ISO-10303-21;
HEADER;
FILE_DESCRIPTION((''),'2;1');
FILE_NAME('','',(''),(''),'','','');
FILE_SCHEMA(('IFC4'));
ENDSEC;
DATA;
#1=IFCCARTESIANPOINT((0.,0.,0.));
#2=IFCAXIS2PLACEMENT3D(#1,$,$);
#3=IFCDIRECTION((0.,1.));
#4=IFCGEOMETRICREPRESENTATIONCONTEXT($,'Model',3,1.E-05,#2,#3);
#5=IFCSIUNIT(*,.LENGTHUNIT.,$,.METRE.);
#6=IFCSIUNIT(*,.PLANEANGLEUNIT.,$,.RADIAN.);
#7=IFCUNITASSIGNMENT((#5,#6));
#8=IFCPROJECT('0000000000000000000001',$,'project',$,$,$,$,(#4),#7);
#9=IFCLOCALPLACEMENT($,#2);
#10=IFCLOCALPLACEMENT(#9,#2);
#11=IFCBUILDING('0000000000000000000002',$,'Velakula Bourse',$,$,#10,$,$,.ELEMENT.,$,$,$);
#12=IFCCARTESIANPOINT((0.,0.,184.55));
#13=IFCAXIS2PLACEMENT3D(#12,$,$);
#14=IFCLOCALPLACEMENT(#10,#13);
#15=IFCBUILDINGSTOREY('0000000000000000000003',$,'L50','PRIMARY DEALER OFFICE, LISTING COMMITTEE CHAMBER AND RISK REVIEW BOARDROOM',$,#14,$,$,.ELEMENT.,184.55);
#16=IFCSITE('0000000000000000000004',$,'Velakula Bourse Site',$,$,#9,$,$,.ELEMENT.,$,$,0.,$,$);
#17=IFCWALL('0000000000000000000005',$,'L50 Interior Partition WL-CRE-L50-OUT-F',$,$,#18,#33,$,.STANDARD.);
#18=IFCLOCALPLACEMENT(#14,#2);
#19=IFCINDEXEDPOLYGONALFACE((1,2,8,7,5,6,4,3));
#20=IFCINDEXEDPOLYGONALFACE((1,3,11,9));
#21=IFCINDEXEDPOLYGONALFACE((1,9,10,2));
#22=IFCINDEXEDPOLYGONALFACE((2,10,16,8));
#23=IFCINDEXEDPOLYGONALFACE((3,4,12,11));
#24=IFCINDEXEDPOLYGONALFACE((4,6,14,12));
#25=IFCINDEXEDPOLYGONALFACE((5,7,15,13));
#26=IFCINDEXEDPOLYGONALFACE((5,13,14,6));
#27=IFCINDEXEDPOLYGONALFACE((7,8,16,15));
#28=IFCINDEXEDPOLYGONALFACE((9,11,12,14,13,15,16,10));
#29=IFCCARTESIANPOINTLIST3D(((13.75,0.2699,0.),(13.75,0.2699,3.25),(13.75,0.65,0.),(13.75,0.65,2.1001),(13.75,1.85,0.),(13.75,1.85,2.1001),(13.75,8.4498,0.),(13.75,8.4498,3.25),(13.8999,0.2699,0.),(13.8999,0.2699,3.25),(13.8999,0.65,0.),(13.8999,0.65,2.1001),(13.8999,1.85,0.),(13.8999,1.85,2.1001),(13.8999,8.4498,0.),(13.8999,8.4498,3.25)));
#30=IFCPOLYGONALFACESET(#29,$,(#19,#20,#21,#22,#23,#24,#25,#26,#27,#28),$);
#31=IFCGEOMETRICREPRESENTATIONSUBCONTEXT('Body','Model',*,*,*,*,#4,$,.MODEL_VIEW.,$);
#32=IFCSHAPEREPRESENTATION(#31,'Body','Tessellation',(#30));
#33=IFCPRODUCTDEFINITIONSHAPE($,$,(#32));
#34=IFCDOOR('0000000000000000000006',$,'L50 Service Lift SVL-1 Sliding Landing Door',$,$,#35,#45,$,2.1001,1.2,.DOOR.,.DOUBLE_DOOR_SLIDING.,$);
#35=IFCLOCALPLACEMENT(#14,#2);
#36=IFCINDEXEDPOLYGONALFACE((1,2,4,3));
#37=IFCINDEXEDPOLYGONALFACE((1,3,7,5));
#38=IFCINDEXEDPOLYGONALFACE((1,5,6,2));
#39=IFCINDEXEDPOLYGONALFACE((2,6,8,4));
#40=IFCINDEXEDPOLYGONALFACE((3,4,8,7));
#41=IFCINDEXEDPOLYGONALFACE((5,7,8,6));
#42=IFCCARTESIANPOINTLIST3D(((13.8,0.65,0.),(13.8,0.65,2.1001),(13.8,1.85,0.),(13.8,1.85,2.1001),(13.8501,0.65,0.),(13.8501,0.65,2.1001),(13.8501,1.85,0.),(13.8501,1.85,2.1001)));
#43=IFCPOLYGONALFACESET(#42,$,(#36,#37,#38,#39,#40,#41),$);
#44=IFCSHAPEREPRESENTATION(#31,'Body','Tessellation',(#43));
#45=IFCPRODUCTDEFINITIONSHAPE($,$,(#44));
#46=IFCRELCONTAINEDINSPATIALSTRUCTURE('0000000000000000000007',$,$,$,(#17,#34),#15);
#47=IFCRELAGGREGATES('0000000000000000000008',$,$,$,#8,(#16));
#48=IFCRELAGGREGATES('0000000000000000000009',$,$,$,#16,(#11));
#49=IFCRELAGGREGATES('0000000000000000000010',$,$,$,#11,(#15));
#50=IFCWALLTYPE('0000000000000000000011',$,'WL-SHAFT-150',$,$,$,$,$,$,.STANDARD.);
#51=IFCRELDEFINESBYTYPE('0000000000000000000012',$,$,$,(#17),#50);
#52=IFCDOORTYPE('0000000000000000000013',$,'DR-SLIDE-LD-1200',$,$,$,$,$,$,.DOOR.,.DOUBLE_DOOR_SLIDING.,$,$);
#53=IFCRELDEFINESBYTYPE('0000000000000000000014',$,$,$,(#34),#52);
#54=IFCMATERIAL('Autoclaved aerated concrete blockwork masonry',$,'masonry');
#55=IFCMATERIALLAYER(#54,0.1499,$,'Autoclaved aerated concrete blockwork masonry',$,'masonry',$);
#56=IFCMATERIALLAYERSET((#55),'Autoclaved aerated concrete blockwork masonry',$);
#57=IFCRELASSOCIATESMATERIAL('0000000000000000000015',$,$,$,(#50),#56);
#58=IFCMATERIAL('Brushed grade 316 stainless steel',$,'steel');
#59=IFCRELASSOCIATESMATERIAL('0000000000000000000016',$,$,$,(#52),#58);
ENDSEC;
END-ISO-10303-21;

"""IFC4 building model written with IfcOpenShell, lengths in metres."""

from ifc_helpers import new_model, si_unit, direction, frame, frame_2d, origin, place, context, subcontext, project, spatial, rectangle, extrude, material, layer, layer_set, type_object, element, fill, save


model = new_model("IFC4")

# Units and contexts
model_context = context("Model", 3, precision=1e-05, world=origin(), true_north=direction((0.0, 1.0)))
body_context = subcontext(model_context, "Body", "Model", "MODEL_VIEW")
ifc_project = project(units=[si_unit("LENGTHUNIT", "METRE"), si_unit("PLANEANGLEUNIT", "RADIAN")], contexts=[model_context])

# Site, building, storey
site_placement = place(None, origin())
site = spatial("IfcSite", under=ifc_project, at=site_placement, Name="Velakula Bourse Site", CompositionType="ELEMENT", RefElevation=0.0)
building_placement = place(site_placement, origin())
building = spatial("IfcBuilding", under=site, at=building_placement, Name="Velakula Bourse", CompositionType="ELEMENT")
storey_placement = place(building_placement, frame((0.0, 0.0, 184.55)))
storey = spatial("IfcBuildingStorey", under=building, at=storey_placement, Name="L50", Description="PRIMARY DEALER OFFICE, LISTING COMMITTEE CHAMBER AND RISK REVIEW BOARDROOM", CompositionType="ELEMENT", Elevation=184.55)

# Shared definitions
ifc_material_1 = material(Name="Autoclaved aerated concrete blockwork masonry", Category="masonry")
ifc_layer_1 = layer(ifc_material_1, 0.1499, Name="Autoclaved aerated concrete blockwork masonry", Category="masonry")
ifc_layer_set_1 = layer_set([ifc_layer_1], Name="Autoclaved aerated concrete blockwork masonry")
wall_type_1 = type_object("IfcWallType", Name="WL-SHAFT-150", PredefinedType="STANDARD", material=ifc_layer_set_1)

# Shared definitions
ifc_material_2 = material(Name="Brushed grade 316 stainless steel", Category="steel")

# Wall, opening, door
wall_1_placement = place(storey_placement, frame((13.825, 0.27, 0.0), z_axis=(0.0, 0.0, 1.0), x_axis=(0.0, 1.0, 0.0)))
wall_1 = element("IfcWall", 1, at=wall_1_placement, inside=storey, type_object=wall_type_1, Name="L50 Interior Partition WL-CRE-L50-OUT-F", PredefinedType="STANDARD", context=body_context, shape_type="SweptSolid", body=[
    extrude(rectangle(XDim=8.1799, YDim=0.1499, at=frame_2d((4.0898, 0.0))), origin(), (0.0, 0.0, 1.0), 3.25),
])
opening_1_placement = place(wall_1_placement, frame((0.3799, 0.0, 0.0)))
opening_1 = element("IfcOpeningElement", 2, at=opening_1_placement, cuts=wall_1, PredefinedType="OPENING", context=body_context, shape_type="SweptSolid", body=[
    extrude(rectangle(XDim=1.2, YDim=2.1001, at=frame_2d((0.6001, 1.05))), frame((0.0, 0.085, 0.0), z_axis=(0.0, -1.0, 0.0), x_axis=(1.0, 0.0, 0.0)), (0.0, 0.0, 1.0), 0.1699),
])
door_type_1 = type_object("IfcDoorType", Name="DR-SLIDE-LD-1200", OperationType="DOUBLE_DOOR_SLIDING", PredefinedType="DOOR", material=ifc_material_2)
door_1_placement = place(opening_1_placement, origin())
door_1 = element("IfcDoor", 3, at=door_1_placement, inside=storey, type_object=door_type_1, Name="L50 Service Lift SVL-1 Sliding Landing Door", OperationType="DOUBLE_DOOR_SLIDING", OverallHeight=2.1001, OverallWidth=1.2, PredefinedType="DOOR", context=body_context, shape_type="SweptSolid", body=[
    extrude(rectangle(XDim=1.2, YDim=2.1001, at=frame_2d((0.6001, 1.05))), frame((0.0, 0.0249, 0.0), z_axis=(0.0, -1.0, 0.0), x_axis=(1.0, 0.0, 0.0)), (0.0, 0.0, 1.0), 0.05),
])
fill(opening_1, door_1)

save(model, "model.ifc")
